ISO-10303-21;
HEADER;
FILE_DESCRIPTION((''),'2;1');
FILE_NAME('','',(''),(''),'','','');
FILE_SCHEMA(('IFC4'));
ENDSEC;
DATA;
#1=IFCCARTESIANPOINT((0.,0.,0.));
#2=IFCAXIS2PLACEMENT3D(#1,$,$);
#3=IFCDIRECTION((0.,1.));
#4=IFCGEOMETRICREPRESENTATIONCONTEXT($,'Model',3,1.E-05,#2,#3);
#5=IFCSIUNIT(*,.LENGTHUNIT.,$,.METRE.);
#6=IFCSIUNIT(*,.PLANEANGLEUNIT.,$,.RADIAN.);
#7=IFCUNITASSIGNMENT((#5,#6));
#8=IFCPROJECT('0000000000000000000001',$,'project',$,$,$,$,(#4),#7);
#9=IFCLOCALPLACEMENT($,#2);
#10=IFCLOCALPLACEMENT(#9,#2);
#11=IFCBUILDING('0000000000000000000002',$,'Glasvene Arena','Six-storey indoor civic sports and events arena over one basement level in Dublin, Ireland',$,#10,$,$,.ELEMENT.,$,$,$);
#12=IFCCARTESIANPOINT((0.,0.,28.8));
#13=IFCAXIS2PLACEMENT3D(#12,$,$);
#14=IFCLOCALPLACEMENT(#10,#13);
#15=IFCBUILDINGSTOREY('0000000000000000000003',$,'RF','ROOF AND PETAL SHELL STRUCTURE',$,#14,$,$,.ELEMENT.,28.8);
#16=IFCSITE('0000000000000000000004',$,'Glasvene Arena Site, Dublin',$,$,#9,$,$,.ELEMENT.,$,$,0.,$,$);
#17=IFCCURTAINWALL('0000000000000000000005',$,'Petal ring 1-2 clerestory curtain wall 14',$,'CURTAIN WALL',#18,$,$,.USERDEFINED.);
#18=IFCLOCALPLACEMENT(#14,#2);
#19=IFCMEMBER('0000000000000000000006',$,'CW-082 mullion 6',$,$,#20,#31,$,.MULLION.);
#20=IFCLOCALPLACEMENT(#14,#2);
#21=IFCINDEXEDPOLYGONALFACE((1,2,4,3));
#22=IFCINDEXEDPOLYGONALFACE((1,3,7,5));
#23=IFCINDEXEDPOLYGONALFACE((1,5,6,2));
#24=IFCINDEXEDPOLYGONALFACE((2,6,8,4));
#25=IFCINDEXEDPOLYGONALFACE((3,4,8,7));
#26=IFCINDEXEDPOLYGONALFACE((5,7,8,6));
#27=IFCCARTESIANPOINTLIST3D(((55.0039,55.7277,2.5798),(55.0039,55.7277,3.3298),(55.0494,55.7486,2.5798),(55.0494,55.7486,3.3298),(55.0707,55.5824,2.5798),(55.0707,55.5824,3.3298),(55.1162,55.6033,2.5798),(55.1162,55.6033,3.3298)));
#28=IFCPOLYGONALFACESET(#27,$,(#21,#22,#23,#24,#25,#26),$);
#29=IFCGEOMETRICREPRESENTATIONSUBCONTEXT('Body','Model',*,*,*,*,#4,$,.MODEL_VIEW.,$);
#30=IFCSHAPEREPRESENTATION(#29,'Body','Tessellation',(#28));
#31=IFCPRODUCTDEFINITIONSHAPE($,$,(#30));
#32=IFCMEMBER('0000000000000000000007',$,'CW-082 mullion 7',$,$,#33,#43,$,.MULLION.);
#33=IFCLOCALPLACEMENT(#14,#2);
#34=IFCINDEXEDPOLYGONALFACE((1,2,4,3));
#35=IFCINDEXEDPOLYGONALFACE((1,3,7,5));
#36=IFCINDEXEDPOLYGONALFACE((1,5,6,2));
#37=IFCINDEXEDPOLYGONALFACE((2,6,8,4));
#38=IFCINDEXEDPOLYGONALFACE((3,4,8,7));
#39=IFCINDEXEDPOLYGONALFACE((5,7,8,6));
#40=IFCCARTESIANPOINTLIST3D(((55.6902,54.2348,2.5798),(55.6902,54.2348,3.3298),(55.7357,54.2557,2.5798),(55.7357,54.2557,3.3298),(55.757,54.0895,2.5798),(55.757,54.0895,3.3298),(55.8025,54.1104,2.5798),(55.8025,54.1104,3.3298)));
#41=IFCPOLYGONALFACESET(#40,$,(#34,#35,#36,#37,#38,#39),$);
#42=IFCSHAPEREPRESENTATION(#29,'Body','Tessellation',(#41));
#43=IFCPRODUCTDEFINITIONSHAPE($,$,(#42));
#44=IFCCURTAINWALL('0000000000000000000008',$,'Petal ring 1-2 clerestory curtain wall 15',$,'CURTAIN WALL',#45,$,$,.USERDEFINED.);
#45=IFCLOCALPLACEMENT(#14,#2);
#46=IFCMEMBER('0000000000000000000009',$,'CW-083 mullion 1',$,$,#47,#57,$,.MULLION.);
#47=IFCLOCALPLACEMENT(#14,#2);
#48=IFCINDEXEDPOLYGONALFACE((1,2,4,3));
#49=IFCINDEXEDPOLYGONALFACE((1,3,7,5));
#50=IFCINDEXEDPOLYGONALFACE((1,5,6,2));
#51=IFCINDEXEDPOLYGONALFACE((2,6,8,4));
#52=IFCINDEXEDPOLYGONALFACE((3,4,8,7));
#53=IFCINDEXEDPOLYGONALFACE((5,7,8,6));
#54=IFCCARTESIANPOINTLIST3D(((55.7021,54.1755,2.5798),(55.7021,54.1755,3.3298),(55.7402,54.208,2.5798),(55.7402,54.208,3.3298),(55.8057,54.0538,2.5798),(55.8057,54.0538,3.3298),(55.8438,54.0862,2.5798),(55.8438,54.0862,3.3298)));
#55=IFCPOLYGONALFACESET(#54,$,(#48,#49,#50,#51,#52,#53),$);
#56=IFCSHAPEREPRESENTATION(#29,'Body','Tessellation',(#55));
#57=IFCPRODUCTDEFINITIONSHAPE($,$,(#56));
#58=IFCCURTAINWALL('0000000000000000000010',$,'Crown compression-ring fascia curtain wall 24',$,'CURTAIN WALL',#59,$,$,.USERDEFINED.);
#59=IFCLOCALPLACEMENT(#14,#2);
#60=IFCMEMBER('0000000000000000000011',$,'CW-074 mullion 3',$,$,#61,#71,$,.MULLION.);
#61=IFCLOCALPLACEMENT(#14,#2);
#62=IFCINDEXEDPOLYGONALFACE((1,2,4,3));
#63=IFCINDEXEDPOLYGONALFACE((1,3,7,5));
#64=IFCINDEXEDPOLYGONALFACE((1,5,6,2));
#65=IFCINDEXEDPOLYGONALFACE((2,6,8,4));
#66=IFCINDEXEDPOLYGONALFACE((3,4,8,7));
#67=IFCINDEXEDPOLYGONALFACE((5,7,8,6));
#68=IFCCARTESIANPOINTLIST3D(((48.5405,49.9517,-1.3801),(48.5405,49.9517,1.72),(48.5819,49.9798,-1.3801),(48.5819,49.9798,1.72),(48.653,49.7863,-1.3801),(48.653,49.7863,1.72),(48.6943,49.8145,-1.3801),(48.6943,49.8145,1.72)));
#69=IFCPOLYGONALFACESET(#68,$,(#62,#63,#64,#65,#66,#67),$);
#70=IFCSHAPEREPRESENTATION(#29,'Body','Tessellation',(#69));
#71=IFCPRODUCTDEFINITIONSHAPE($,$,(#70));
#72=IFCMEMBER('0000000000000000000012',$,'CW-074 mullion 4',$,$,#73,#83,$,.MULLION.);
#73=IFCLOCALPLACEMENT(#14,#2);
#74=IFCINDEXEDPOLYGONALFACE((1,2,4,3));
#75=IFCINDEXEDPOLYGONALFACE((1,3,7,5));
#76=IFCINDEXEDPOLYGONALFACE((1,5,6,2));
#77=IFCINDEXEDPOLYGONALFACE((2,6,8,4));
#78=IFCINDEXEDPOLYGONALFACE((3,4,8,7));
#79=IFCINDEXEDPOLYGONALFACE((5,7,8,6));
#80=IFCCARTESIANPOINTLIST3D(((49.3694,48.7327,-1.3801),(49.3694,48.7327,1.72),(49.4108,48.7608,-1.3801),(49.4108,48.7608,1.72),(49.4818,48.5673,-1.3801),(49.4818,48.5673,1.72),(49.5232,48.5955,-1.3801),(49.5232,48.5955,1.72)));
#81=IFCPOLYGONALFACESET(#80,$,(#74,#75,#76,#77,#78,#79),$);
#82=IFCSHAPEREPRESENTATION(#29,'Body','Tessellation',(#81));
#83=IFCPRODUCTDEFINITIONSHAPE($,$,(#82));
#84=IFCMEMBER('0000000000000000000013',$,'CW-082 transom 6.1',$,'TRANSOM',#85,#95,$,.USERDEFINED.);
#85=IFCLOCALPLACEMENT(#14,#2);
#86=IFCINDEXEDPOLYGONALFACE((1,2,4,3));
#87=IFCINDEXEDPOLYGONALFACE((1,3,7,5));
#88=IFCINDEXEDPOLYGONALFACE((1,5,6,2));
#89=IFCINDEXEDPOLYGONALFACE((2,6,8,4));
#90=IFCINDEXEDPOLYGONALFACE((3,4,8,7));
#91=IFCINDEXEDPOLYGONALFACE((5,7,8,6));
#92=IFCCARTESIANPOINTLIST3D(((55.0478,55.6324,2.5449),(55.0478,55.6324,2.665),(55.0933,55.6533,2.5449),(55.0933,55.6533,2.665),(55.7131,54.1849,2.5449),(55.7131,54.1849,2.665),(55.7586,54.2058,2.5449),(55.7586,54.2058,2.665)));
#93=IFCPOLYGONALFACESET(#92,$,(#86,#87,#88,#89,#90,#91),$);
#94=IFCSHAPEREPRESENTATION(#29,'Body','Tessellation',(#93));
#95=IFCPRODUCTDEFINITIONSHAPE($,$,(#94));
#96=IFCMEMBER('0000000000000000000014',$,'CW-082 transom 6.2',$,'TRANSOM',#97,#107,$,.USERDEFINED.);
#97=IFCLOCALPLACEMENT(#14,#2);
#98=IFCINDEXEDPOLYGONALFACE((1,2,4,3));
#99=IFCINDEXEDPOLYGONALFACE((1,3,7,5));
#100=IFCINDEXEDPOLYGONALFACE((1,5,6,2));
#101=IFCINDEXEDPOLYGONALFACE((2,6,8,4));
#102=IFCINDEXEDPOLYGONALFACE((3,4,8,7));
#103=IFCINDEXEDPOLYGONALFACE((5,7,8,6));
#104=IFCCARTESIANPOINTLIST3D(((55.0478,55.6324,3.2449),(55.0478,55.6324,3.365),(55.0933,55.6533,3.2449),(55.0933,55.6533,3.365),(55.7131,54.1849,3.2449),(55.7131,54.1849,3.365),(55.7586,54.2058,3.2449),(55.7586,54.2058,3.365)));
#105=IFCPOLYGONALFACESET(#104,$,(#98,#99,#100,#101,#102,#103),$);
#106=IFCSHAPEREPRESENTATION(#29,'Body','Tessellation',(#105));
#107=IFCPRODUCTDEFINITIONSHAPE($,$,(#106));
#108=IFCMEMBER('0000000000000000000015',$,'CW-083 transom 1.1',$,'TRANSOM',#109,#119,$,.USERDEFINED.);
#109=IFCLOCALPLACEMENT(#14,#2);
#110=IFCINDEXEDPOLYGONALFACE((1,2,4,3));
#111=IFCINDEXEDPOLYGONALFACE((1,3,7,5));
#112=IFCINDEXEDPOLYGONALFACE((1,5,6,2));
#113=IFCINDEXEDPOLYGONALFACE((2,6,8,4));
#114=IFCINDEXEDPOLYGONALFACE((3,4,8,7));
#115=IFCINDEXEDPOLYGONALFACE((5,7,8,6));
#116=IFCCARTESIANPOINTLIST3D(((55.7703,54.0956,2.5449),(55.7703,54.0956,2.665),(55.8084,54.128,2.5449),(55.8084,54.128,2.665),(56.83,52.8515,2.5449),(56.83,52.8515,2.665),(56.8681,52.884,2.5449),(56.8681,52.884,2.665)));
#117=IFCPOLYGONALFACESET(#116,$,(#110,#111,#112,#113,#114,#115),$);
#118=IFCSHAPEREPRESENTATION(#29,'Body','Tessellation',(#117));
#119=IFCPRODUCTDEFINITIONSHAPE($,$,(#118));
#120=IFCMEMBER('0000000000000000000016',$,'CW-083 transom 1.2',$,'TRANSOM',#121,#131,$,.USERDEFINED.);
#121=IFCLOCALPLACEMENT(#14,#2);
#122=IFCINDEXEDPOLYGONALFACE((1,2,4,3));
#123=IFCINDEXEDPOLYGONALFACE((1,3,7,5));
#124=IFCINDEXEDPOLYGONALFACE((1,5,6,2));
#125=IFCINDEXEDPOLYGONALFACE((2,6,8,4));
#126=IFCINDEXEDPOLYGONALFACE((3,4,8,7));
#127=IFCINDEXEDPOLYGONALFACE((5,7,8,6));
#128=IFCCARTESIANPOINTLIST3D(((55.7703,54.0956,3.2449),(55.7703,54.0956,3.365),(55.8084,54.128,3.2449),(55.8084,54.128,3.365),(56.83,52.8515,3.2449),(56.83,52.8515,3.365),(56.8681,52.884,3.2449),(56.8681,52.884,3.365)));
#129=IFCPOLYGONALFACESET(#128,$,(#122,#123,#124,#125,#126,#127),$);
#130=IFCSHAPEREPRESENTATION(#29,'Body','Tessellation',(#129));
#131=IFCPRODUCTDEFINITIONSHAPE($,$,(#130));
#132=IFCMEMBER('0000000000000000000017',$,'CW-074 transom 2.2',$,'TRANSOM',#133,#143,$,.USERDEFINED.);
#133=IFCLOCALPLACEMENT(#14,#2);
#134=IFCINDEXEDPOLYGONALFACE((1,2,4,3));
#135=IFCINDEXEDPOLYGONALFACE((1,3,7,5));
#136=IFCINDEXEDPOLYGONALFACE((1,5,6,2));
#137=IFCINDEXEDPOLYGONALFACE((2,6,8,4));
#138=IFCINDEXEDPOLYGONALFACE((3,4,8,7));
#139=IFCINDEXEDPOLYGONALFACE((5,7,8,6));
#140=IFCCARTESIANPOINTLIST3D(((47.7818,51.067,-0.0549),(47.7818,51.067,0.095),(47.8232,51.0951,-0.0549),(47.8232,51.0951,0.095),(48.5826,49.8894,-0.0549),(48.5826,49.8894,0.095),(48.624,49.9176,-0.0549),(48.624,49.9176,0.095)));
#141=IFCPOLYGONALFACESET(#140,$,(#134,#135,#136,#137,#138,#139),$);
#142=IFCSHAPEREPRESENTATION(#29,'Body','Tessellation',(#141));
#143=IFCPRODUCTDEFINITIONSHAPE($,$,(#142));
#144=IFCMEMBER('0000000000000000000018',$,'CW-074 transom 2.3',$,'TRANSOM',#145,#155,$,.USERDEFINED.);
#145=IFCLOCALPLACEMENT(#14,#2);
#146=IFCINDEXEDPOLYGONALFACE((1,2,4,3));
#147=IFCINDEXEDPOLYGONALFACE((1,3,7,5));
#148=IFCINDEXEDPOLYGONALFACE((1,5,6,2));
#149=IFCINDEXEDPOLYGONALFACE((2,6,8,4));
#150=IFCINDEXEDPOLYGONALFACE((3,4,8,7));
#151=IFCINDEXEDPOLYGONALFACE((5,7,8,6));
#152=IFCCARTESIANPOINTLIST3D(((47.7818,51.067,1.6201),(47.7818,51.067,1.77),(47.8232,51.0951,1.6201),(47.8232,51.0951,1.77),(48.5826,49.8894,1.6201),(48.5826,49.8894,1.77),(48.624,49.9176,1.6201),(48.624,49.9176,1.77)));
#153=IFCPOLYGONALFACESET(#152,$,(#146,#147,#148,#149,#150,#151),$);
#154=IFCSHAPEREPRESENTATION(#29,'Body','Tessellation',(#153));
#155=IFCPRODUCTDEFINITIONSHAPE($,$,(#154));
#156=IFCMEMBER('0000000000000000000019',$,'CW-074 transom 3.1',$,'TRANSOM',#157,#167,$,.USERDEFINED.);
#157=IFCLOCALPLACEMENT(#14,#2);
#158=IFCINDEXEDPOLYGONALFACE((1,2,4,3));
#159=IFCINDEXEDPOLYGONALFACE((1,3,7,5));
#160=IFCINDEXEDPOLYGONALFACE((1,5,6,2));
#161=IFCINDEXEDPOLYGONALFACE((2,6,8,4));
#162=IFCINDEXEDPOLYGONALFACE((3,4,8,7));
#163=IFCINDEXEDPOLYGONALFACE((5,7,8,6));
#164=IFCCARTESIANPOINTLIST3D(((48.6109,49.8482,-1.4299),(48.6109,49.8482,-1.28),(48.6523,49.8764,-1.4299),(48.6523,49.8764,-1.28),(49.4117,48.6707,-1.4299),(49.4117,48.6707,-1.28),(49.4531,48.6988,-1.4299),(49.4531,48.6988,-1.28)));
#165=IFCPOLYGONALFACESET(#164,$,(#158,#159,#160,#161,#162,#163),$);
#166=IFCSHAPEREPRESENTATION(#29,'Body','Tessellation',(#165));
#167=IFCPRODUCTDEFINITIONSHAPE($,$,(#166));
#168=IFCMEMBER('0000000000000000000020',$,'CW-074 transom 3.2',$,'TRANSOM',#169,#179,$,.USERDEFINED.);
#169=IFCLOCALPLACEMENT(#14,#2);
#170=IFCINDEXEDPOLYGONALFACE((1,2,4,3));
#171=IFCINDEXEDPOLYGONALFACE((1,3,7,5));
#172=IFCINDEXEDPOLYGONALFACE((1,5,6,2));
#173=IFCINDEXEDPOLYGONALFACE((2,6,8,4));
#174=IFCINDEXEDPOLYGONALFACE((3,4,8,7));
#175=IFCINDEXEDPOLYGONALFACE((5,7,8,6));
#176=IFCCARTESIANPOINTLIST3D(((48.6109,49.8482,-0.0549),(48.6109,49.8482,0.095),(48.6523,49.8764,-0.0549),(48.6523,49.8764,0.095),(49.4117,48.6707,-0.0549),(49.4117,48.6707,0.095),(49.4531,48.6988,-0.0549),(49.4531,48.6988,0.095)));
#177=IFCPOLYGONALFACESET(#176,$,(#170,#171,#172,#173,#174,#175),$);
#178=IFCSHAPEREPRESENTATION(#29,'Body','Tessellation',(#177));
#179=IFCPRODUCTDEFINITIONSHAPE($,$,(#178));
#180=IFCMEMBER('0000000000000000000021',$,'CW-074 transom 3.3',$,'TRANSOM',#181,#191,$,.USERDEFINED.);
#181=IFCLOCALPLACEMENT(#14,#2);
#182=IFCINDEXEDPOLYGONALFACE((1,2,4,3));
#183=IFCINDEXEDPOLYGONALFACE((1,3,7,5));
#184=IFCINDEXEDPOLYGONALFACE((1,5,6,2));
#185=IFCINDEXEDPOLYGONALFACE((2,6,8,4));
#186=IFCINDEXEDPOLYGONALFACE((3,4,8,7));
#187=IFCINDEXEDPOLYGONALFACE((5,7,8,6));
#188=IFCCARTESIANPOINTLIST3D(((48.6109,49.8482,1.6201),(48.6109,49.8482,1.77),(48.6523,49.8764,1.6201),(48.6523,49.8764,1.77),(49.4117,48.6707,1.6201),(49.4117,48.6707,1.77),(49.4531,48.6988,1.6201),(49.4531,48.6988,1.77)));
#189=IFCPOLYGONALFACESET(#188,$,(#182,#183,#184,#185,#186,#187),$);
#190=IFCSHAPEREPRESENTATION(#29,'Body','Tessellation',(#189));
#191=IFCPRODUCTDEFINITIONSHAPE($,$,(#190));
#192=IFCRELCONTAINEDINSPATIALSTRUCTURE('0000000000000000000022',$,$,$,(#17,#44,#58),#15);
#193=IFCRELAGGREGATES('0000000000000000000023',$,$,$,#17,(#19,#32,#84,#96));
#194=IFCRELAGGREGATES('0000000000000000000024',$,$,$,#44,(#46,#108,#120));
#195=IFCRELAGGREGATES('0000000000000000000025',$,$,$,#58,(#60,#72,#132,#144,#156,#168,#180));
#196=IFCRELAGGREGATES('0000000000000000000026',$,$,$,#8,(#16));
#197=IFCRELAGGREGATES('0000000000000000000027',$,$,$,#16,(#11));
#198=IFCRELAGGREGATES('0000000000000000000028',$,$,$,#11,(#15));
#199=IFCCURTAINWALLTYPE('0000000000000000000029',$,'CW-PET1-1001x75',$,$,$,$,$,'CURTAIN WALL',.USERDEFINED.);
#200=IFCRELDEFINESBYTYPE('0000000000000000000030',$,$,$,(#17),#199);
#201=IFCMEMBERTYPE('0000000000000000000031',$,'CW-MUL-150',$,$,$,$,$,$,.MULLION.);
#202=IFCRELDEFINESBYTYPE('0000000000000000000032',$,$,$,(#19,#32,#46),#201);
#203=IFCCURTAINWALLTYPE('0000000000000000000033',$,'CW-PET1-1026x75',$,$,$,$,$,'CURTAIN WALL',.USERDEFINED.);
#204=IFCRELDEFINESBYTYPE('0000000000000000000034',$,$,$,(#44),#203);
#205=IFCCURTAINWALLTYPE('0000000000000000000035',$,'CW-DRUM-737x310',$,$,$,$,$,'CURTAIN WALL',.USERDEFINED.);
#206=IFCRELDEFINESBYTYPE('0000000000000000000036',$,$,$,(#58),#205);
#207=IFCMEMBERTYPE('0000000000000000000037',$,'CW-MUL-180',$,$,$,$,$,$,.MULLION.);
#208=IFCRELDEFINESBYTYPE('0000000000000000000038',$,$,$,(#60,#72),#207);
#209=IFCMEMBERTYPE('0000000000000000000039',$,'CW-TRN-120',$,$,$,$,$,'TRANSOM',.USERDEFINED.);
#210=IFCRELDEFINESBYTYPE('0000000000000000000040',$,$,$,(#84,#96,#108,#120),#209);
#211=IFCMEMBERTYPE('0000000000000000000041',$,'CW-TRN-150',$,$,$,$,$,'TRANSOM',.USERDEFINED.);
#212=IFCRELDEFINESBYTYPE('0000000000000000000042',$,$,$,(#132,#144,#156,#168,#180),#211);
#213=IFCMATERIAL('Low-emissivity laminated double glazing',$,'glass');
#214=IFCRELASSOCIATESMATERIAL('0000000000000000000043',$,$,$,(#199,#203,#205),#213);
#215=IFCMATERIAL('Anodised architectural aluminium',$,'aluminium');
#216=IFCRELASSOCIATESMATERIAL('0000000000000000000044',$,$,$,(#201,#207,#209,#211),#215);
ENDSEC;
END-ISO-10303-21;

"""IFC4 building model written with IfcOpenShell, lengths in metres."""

from ifc_helpers import new_model, si_unit, direction, frame, origin, origin_2d, place, context, subcontext, project, spatial, rectangle, extrude, material, material_profile, profile_set, type_object, element, aggregate, save


model = new_model("IFC4")

# Units and contexts
model_context = context("Model", 3, precision=1e-05, world=origin(), true_north=direction((0.0, 1.0)))
body_context = subcontext(model_context, "Body", "Model", "MODEL_VIEW")
ifc_project = project(units=[si_unit("LENGTHUNIT", "METRE"), si_unit("PLANEANGLEUNIT", "RADIAN")], contexts=[model_context])

# Site, building, storey
site_placement = place(None, origin())
site = spatial("IfcSite", under=ifc_project, at=site_placement, Name="Glasvene Arena Site, Dublin", CompositionType="ELEMENT", RefElevation=0.0)
building_placement = place(site_placement, origin())
building = spatial("IfcBuilding", under=site, at=building_placement, Name="Glasvene Arena", Description="Six-storey indoor civic sports and events arena over one basement level in Dublin, Ireland", CompositionType="ELEMENT")
storey_placement = place(building_placement, frame((0.0, 0.0, 28.8)))
storey = spatial("IfcBuildingStorey", under=building, at=storey_placement, Name="RF", Description="ROOF AND PETAL SHELL STRUCTURE", CompositionType="ELEMENT", Elevation=28.8)

# Curtain wall, members
ifc_material_1 = material(Name="Low-emissivity laminated double glazing", Category="glass")
curtain_wall_type_1 = type_object("IfcCurtainWallType", Name="CW-PET1-1001x75", ElementType="CURTAIN WALL", PredefinedType="USERDEFINED", material=ifc_material_1)
curtain_wall_1_placement = place(storey_placement, frame((51.5759, 63.2424, 0.0)))
curtain_wall_1 = element("IfcCurtainWall", 1, at=curtain_wall_1_placement, inside=storey, type_object=curtain_wall_type_1, Name="Petal ring 1-2 clerestory curtain wall 14", ObjectType="CURTAIN WALL", PredefinedType="USERDEFINED")
ifc_material_2 = material(Name="Anodised architectural aluminium", Category="aluminium")
ifc_material_profile_1 = material_profile(ifc_material_2, rectangle(XDim=0.05, YDim=0.1599, at=origin_2d()), Name="ALU MULLION 50x160")
ifc_profile_set_1 = profile_set([ifc_material_profile_1], Name="Anodised architectural aluminium")
member_type_1 = type_object("IfcMemberType", Name="CW-MUL-150", PredefinedType="MULLION", material=ifc_profile_set_1)
member_1_placement = place(storey_placement, frame((55.0601, 55.6655, 2.5798), z_axis=(0.0, 0.0, 1.0), x_axis=(0.908557, 0.417761, 0.0)))
member_1 = element("IfcMember", 2, at=member_1_placement, type_object=member_type_1, Name="CW-082 mullion 6", PredefinedType="MULLION", context=body_context, shape_type="SweptSolid", body=[
    extrude(rectangle(XDim=0.05, YDim=0.1599, at=origin_2d()), origin(), (0.0, 0.0, 1.0), 0.75),
])
member_2_placement = place(storey_placement, frame((55.7463, 54.1726, 2.5798), z_axis=(0.0, 0.0, 1.0), x_axis=(0.908557, 0.417761, 0.0)))
member_2 = element("IfcMember", 3, at=member_2_placement, type_object=member_type_1, Name="CW-082 mullion 7", PredefinedType="MULLION", context=body_context, shape_type="SweptSolid", body=[
    extrude(rectangle(XDim=0.05, YDim=0.1599, at=origin_2d()), origin(), (0.0, 0.0, 1.0), 0.75),
])

# Curtain wall, member
curtain_wall_type_2 = type_object("IfcCurtainWallType", Name="CW-PET1-1026x75", ElementType="CURTAIN WALL", PredefinedType="USERDEFINED", material=ifc_material_1)
curtain_wall_2_placement = place(storey_placement, frame((55.7568, 54.1499, 0.0)))
curtain_wall_2 = element("IfcCurtainWall", 4, at=curtain_wall_2_placement, inside=storey, type_object=curtain_wall_type_2, Name="Petal ring 1-2 clerestory curtain wall 15", ObjectType="CURTAIN WALL", PredefinedType="USERDEFINED")
member_3_placement = place(storey_placement, frame((55.7729, 54.1309, 2.5798), z_axis=(0.0, 0.0, 1.0), x_axis=(0.761261, 0.648445, 0.0)))
member_3 = element("IfcMember", 5, at=member_3_placement, type_object=member_type_1, Name="CW-083 mullion 1", PredefinedType="MULLION", context=body_context, shape_type="SweptSolid", body=[
    extrude(rectangle(XDim=0.05, YDim=0.1599, at=origin_2d()), origin(), (0.0, 0.0, 1.0), 0.75),
])

# Curtain wall, members
curtain_wall_type_3 = type_object("IfcCurtainWallType", Name="CW-DRUM-737x310", ElementType="CURTAIN WALL", PredefinedType="USERDEFINED", material=ifc_material_1)
curtain_wall_3_placement = place(storey_placement, frame((46.9597, 52.3208, 0.0)))
curtain_wall_3 = element("IfcCurtainWall", 6, at=curtain_wall_3_placement, inside=storey, type_object=curtain_wall_type_3, Name="Crown compression-ring fascia curtain wall 24", ObjectType="CURTAIN WALL", PredefinedType="USERDEFINED")
ifc_material_profile_2 = material_profile(ifc_material_2, rectangle(XDim=0.05, YDim=0.2, at=origin_2d()), Name="ALU MULLION 50x200")
ifc_profile_set_2 = profile_set([ifc_material_profile_2], Name="Anodised architectural aluminium")
member_type_2 = type_object("IfcMemberType", Name="CW-MUL-180", PredefinedType="MULLION", material=ifc_profile_set_2)
member_4_placement = place(storey_placement, frame((48.6174, 49.8831, -1.3801), z_axis=(0.0, 0.0, 1.0), x_axis=(0.826896, 0.562354, 0.0)))
member_4 = element("IfcMember", 7, at=member_4_placement, type_object=member_type_2, Name="CW-074 mullion 3", PredefinedType="MULLION", context=body_context, shape_type="SweptSolid", body=[
    extrude(rectangle(XDim=0.05, YDim=0.2, at=origin_2d()), origin(), (0.0, 0.0, 1.0), 3.1001),
])
member_5_placement = place(storey_placement, frame((49.4463, 48.6641, -1.3801), z_axis=(0.0, 0.0, 1.0), x_axis=(0.826896, 0.562354, 0.0)))
member_5 = element("IfcMember", 8, at=member_5_placement, type_object=member_type_2, Name="CW-074 mullion 4", PredefinedType="MULLION", context=body_context, shape_type="SweptSolid", body=[
    extrude(rectangle(XDim=0.05, YDim=0.2, at=origin_2d()), origin(), (0.0, 0.0, 1.0), 3.1001),
])

# Members
ifc_material_profile_3 = material_profile(ifc_material_2, rectangle(XDim=0.05, YDim=0.1201, at=origin_2d()), Name="ALU TRANSOM 50x120")
ifc_profile_set_3 = profile_set([ifc_material_profile_3], Name="Anodised architectural aluminium")
member_type_3 = type_object("IfcMemberType", Name="CW-TRN-120", ElementType="TRANSOM", PredefinedType="USERDEFINED", material=ifc_profile_set_3)
member_6_placement = place(storey_placement, frame((55.0706, 55.6428, 2.605), z_axis=(0.41761, -0.908627, 0.0), x_axis=(0.908627, 0.41761, 0.0)))
member_6 = element("IfcMember", 9, at=member_6_placement, type_object=member_type_3, Name="CW-082 transom 6.1", ObjectType="TRANSOM", PredefinedType="USERDEFINED", context=body_context, shape_type="SweptSolid", body=[
    extrude(rectangle(XDim=0.05, YDim=0.1201, at=origin_2d()), origin(), (0.0, 0.0, 1.0), 1.593),
])
member_7_placement = place(storey_placement, frame((55.0706, 55.6428, 3.3049), z_axis=(0.41761, -0.908627, 0.0), x_axis=(0.908627, 0.41761, 0.0)))
member_7 = element("IfcMember", 10, at=member_7_placement, type_object=member_type_3, Name="CW-082 transom 6.2", ObjectType="TRANSOM", PredefinedType="USERDEFINED", context=body_context, shape_type="SweptSolid", body=[
    extrude(rectangle(XDim=0.05, YDim=0.1201, at=origin_2d()), origin(), (0.0, 0.0, 1.0), 1.593),
])
member_8_placement = place(storey_placement, frame((55.7893, 54.1118, 2.605), z_axis=(0.648463, -0.761246, 0.0), x_axis=(0.761246, 0.648463, 0.0)))
member_8 = element("IfcMember", 11, at=member_8_placement, type_object=member_type_3, Name="CW-083 transom 1.1", ObjectType="TRANSOM", PredefinedType="USERDEFINED", context=body_context, shape_type="SweptSolid", body=[
    extrude(rectangle(XDim=0.05, YDim=0.1201, at=origin_2d()), origin(), (0.0, 0.0, 1.0), 1.6343),
])
member_9_placement = place(storey_placement, frame((55.7893, 54.1118, 3.3049), z_axis=(0.648463, -0.761246, 0.0), x_axis=(0.761246, 0.648463, 0.0)))
member_9 = element("IfcMember", 12, at=member_9_placement, type_object=member_type_3, Name="CW-083 transom 1.2", ObjectType="TRANSOM", PredefinedType="USERDEFINED", context=body_context, shape_type="SweptSolid", body=[
    extrude(rectangle(XDim=0.05, YDim=0.1201, at=origin_2d()), origin(), (0.0, 0.0, 1.0), 1.6343),
])
ifc_material_profile_4 = material_profile(ifc_material_2, rectangle(XDim=0.05, YDim=0.1499, at=origin_2d()), Name="ALU TRANSOM 50x150")
ifc_profile_set_4 = profile_set([ifc_material_profile_4], Name="Anodised architectural aluminium")
member_type_4 = type_object("IfcMemberType", Name="CW-TRN-150", ElementType="TRANSOM", PredefinedType="USERDEFINED", material=ifc_profile_set_4)
member_10_placement = place(storey_placement, frame((47.8025, 51.0811, 0.02), z_axis=(0.562352, -0.826898, 0.0), x_axis=(0.826898, 0.562352, 0.0)))
member_10 = element("IfcMember", 13, at=member_10_placement, type_object=member_type_4, Name="CW-074 transom 2.2", ObjectType="TRANSOM", PredefinedType="USERDEFINED", context=body_context, shape_type="SweptSolid", body=[
    extrude(rectangle(XDim=0.05, YDim=0.1499, at=origin_2d()), origin(), (0.0, 0.0, 1.0), 1.4241),
])
member_11_placement = place(storey_placement, frame((47.8025, 51.0811, 1.6951), z_axis=(0.562352, -0.826898, 0.0), x_axis=(0.826898, 0.562352, 0.0)))
member_11 = element("IfcMember", 14, at=member_11_placement, type_object=member_type_4, Name="CW-074 transom 2.3", ObjectType="TRANSOM", PredefinedType="USERDEFINED", context=body_context, shape_type="SweptSolid", body=[
    extrude(rectangle(XDim=0.05, YDim=0.1499, at=origin_2d()), origin(), (0.0, 0.0, 1.0), 1.4241),
])
member_12_placement = place(storey_placement, frame((48.6316, 49.8623, -1.355), z_axis=(0.562352, -0.826898, 0.0), x_axis=(0.826898, 0.562352, 0.0)))
member_12 = element("IfcMember", 15, at=member_12_placement, type_object=member_type_4, Name="CW-074 transom 3.1", ObjectType="TRANSOM", PredefinedType="USERDEFINED", context=body_context, shape_type="SweptSolid", body=[
    extrude(rectangle(XDim=0.05, YDim=0.1499, at=origin_2d()), origin(), (0.0, 0.0, 1.0), 1.4241),
])
member_13_placement = place(storey_placement, frame((48.6316, 49.8623, 0.02), z_axis=(0.562352, -0.826898, 0.0), x_axis=(0.826898, 0.562352, 0.0)))
member_13 = element("IfcMember", 16, at=member_13_placement, type_object=member_type_4, Name="CW-074 transom 3.2", ObjectType="TRANSOM", PredefinedType="USERDEFINED", context=body_context, shape_type="SweptSolid", body=[
    extrude(rectangle(XDim=0.05, YDim=0.1499, at=origin_2d()), origin(), (0.0, 0.0, 1.0), 1.4241),
])
member_14_placement = place(storey_placement, frame((48.6316, 49.8623, 1.6951), z_axis=(0.562352, -0.826898, 0.0), x_axis=(0.826898, 0.562352, 0.0)))
member_14 = element("IfcMember", 17, at=member_14_placement, type_object=member_type_4, Name="CW-074 transom 3.3", ObjectType="TRANSOM", PredefinedType="USERDEFINED", context=body_context, shape_type="SweptSolid", body=[
    extrude(rectangle(XDim=0.05, YDim=0.1499, at=origin_2d()), origin(), (0.0, 0.0, 1.0), 1.4241),
])

aggregate(curtain_wall_1, [member_1, member_2, member_6, member_7])
aggregate(curtain_wall_2, [member_3, member_8, member_9])
aggregate(curtain_wall_3, [member_4, member_5, member_10, member_11, member_12, member_13, member_14])

save(model, "model.ifc")
